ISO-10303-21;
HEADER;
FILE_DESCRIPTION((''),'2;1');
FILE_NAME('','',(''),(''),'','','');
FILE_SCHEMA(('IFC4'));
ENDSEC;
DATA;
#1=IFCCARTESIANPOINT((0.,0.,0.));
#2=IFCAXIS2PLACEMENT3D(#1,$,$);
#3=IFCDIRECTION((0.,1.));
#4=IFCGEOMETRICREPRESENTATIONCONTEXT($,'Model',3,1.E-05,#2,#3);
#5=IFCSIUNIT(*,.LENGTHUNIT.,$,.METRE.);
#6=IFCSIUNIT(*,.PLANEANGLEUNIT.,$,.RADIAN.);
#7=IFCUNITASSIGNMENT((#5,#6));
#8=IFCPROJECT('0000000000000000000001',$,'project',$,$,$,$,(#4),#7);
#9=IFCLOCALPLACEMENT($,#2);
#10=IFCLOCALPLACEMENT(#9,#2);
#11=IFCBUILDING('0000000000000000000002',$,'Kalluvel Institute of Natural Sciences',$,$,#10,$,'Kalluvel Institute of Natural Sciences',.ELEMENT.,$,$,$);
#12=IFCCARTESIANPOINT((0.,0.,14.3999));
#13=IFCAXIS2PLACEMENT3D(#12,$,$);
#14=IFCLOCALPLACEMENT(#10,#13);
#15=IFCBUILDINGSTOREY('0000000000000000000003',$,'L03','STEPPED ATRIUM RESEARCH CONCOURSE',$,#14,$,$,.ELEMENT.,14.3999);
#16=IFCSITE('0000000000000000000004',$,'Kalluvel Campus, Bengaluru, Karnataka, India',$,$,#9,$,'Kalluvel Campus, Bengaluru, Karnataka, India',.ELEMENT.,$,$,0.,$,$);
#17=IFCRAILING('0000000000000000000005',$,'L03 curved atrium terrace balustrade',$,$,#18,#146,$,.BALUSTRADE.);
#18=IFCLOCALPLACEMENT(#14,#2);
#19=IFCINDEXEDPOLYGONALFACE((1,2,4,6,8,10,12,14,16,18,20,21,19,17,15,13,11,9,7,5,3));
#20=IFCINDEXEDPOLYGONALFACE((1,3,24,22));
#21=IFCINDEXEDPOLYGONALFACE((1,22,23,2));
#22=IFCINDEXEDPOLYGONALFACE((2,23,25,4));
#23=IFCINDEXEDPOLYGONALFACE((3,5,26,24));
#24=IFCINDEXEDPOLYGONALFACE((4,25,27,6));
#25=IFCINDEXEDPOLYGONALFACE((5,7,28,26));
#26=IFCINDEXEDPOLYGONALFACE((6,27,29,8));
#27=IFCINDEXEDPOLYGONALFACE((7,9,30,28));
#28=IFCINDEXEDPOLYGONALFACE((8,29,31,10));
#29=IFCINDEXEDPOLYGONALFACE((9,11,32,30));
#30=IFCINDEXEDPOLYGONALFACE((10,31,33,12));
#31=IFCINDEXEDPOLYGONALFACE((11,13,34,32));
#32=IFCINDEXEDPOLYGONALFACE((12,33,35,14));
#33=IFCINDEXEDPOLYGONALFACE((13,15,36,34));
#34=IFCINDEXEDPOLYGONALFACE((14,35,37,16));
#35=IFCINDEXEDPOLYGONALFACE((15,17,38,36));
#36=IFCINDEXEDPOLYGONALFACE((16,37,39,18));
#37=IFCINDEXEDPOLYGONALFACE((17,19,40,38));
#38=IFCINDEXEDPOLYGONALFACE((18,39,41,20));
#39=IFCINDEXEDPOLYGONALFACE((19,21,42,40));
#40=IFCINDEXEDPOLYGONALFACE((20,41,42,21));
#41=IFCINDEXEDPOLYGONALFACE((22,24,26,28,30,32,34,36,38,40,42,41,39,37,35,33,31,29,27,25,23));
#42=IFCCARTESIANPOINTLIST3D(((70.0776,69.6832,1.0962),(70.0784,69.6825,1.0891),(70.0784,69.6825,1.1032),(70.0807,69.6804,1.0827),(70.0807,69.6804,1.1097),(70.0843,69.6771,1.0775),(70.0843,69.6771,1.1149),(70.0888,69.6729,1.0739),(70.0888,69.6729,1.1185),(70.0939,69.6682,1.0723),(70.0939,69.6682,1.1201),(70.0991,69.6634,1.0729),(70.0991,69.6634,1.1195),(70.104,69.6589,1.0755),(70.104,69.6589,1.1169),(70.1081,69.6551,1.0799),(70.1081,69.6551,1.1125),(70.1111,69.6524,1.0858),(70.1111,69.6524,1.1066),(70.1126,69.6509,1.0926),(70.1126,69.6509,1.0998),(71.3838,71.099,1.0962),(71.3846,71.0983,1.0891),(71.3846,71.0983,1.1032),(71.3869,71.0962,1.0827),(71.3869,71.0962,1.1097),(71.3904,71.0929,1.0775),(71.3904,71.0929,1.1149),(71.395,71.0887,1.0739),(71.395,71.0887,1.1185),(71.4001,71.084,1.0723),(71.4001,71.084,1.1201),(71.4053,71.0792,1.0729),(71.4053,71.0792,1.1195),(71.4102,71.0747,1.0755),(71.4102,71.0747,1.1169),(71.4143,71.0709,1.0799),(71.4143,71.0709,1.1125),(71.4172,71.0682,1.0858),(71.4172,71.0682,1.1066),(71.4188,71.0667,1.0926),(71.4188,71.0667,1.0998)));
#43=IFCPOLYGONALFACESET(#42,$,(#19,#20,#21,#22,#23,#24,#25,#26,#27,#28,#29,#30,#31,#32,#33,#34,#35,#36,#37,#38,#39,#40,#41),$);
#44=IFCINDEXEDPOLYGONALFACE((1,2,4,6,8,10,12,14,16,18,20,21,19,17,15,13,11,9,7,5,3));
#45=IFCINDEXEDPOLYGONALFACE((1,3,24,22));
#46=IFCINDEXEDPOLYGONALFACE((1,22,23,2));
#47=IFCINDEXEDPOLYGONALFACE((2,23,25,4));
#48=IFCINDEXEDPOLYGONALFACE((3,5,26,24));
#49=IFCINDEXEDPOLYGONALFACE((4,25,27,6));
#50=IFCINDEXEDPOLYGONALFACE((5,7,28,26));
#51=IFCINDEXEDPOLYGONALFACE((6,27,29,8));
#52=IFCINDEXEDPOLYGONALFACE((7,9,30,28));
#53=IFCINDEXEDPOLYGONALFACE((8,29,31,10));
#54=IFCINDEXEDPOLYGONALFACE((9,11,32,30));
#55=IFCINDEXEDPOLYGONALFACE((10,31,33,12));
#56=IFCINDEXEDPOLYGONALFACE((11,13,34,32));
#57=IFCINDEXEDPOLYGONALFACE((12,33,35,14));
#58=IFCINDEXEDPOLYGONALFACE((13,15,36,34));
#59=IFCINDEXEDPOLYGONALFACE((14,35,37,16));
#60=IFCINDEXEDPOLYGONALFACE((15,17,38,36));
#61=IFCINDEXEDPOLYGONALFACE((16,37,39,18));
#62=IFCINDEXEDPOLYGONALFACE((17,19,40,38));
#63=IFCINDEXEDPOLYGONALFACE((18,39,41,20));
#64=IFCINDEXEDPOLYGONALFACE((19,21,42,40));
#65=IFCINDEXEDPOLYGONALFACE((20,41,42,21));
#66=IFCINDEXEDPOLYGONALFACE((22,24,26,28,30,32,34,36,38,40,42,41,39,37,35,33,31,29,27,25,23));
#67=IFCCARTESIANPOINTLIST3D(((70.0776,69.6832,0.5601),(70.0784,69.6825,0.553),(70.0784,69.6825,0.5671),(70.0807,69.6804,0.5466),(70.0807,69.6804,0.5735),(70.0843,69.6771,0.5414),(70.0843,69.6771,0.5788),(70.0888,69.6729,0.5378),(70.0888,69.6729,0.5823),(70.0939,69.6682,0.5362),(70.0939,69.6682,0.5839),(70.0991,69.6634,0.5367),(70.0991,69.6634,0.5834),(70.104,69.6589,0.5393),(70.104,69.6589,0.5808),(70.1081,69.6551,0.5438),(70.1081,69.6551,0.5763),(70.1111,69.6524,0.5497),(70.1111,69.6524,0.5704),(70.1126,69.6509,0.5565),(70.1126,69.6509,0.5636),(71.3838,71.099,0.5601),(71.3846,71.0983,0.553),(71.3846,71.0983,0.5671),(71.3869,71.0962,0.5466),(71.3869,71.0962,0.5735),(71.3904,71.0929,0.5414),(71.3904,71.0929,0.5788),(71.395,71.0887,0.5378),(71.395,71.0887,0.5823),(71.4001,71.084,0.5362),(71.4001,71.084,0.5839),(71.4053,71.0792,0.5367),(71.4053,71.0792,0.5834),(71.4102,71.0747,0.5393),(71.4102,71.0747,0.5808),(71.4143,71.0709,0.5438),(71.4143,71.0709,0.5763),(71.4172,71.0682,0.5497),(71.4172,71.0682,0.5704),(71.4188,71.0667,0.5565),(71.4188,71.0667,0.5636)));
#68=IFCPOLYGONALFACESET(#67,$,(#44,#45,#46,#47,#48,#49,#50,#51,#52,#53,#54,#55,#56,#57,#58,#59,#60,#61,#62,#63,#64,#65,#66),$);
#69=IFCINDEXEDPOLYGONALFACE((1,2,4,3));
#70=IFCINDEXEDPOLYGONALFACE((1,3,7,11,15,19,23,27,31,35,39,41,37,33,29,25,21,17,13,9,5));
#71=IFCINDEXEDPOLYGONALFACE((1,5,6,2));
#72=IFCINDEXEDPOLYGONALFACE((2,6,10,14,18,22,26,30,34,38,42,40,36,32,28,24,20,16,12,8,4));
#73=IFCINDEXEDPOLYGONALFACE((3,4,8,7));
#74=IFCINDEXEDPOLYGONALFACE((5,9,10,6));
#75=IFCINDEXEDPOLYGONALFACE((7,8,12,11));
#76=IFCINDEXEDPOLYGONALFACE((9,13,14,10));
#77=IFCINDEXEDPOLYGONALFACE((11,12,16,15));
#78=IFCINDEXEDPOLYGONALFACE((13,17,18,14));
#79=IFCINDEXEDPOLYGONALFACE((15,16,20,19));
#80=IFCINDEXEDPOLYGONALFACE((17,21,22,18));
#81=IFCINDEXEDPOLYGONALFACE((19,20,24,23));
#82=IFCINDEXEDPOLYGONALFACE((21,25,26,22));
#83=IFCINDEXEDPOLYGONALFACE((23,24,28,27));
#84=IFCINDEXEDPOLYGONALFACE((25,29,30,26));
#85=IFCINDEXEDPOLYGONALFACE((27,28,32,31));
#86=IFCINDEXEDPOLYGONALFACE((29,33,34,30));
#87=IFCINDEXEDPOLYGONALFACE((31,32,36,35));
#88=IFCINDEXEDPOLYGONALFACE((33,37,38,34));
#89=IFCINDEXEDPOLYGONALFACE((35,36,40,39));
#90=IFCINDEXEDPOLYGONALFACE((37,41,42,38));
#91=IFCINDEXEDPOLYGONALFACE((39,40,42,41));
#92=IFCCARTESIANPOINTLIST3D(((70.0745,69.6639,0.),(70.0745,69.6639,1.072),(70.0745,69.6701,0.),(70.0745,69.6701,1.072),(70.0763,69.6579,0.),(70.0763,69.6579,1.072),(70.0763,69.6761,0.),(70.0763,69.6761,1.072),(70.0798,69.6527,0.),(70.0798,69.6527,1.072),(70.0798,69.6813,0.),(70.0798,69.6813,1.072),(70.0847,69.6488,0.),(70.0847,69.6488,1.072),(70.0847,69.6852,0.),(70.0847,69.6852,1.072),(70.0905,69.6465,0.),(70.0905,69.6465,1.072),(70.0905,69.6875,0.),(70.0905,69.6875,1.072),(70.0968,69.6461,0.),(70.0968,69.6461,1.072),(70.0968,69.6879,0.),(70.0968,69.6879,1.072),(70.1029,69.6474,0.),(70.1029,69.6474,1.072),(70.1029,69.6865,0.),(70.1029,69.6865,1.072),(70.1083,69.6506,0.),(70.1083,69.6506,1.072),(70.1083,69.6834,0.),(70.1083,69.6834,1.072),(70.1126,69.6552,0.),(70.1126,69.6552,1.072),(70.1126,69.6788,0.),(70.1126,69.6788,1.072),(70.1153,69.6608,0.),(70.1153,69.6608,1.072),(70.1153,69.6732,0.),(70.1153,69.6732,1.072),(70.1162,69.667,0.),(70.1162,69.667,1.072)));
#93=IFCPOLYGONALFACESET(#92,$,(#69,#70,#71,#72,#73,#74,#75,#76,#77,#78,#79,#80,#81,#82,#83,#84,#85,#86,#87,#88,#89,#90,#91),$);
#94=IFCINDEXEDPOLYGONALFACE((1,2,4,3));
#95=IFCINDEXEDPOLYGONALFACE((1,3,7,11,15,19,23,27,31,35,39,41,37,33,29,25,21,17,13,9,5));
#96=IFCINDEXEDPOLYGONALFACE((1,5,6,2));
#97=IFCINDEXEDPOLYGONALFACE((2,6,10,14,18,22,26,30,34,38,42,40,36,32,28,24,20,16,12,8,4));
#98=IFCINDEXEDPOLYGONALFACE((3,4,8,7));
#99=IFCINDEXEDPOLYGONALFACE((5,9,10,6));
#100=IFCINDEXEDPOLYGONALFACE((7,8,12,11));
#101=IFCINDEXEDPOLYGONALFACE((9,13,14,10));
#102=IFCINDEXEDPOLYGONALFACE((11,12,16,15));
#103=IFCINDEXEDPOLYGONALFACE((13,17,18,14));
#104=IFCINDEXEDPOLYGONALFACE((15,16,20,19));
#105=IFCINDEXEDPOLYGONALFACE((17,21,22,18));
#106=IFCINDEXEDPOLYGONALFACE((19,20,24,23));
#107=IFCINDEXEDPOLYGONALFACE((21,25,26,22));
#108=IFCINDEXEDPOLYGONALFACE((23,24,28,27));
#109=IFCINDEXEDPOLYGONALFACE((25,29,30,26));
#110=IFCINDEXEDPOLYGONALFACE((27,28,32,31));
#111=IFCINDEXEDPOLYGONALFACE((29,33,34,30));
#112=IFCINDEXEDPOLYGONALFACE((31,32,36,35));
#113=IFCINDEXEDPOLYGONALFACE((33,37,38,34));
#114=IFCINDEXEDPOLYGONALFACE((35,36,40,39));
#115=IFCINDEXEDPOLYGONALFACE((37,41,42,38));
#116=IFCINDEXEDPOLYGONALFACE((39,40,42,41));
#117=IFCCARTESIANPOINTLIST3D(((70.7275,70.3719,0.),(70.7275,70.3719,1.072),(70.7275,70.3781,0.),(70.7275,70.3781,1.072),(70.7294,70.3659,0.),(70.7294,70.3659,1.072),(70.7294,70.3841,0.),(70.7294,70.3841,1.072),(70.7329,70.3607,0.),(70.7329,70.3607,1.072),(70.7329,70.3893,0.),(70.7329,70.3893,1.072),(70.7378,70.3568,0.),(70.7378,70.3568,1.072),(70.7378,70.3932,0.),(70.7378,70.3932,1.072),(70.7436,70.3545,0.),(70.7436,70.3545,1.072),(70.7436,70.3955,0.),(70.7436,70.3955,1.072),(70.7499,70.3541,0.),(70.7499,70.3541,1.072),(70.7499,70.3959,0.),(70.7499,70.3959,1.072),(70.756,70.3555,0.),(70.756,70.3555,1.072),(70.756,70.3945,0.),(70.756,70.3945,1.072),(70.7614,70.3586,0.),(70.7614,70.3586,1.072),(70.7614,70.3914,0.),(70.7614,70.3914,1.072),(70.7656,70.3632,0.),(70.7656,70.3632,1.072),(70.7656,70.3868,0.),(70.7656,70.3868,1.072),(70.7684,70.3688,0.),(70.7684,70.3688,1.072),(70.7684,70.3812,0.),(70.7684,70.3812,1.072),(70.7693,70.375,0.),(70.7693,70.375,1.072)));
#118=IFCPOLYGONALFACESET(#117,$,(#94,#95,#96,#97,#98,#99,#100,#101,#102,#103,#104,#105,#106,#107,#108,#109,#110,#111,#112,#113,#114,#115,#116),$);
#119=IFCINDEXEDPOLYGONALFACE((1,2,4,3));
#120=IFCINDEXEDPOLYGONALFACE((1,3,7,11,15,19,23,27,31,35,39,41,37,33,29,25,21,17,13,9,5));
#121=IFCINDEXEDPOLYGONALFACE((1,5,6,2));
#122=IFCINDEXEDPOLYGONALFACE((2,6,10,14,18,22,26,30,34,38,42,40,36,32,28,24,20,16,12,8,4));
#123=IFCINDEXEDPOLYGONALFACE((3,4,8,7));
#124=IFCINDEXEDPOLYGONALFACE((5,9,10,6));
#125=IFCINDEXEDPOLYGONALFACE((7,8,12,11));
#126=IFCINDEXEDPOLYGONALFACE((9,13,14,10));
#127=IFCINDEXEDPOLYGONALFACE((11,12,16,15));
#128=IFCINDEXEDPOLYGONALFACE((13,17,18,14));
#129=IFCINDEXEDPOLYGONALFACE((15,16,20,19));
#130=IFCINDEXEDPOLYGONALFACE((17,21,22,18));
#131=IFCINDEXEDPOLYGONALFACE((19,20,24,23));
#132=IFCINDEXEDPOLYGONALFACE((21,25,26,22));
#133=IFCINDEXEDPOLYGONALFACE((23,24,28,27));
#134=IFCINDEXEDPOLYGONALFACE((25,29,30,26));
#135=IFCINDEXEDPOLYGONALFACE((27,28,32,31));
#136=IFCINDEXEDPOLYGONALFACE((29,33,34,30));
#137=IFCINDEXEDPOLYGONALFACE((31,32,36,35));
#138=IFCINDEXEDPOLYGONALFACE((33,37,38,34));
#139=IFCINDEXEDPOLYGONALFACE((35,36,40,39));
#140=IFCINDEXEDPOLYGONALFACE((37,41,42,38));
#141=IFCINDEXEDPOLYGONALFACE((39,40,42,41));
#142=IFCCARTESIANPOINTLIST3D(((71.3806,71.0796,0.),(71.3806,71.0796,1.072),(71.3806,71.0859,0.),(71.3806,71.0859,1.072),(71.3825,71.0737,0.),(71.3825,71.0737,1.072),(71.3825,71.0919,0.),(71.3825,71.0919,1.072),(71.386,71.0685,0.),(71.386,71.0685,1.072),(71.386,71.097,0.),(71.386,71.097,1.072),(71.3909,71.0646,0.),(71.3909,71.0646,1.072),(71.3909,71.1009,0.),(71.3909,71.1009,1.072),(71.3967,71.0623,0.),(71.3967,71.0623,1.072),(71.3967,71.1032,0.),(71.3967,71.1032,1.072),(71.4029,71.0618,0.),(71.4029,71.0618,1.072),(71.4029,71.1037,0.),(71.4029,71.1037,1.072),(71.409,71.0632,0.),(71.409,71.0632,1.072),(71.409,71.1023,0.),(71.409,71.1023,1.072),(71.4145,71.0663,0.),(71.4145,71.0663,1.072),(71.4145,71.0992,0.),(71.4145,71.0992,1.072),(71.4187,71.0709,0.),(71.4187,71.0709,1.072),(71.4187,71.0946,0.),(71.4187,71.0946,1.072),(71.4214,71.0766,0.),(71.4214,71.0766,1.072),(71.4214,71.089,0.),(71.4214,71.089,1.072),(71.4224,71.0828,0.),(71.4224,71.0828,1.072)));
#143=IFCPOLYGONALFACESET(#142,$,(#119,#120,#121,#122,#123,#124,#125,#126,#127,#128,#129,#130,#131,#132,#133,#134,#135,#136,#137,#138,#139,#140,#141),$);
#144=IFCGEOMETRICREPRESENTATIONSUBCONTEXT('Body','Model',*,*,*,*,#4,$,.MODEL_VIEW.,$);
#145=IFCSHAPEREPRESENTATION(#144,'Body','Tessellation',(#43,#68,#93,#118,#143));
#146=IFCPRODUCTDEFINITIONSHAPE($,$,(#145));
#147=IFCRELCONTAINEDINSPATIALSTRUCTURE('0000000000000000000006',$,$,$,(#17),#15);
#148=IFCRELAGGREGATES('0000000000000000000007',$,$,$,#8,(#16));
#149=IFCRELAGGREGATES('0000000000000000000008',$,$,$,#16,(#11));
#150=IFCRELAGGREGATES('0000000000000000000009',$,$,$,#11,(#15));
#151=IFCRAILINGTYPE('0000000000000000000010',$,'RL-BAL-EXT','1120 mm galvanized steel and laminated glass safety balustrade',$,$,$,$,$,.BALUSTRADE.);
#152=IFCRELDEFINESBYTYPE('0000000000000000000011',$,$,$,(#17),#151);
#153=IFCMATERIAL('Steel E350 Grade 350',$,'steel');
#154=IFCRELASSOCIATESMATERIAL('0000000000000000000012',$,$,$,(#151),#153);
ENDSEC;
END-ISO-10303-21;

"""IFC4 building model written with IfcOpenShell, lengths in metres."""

from ifc_helpers import new_model, si_unit, direction, frame, origin, origin_2d, place, context, subcontext, project, spatial, circle, extrude, material, type_object, element, save


model = new_model("IFC4")

# Units and contexts
model_context = context("Model", 3, precision=1e-05, world=origin(), true_north=direction((0.0, 1.0)))
body_context = subcontext(model_context, "Body", "Model", "MODEL_VIEW")
ifc_project = project(units=[si_unit("LENGTHUNIT", "METRE"), si_unit("PLANEANGLEUNIT", "RADIAN")], contexts=[model_context])

# Site, building, storey
site_placement = place(None, origin())
site = spatial("IfcSite", under=ifc_project, at=site_placement, Name="Kalluvel Campus, Bengaluru, Karnataka, India", LongName="Kalluvel Campus, Bengaluru, Karnataka, India", CompositionType="ELEMENT", RefElevation=0.0)
building_placement = place(site_placement, origin())
building = spatial("IfcBuilding", under=site, at=building_placement, Name="Kalluvel Institute of Natural Sciences", LongName="Kalluvel Institute of Natural Sciences", CompositionType="ELEMENT")
storey_placement = place(building_placement, frame((0.0, 0.0, 14.3999)))
storey = spatial("IfcBuildingStorey", under=building, at=storey_placement, Name="L03", Description="STEPPED ATRIUM RESEARCH CONCOURSE", CompositionType="ELEMENT", Elevation=14.3999)

# Shared definitions
ifc_material_1 = material(Name="Steel E350 Grade 350", Category="steel")

# Railing
railing_type = type_object("IfcRailingType", Name="RL-BAL-EXT", Description="1120 mm galvanized steel and laminated glass safety balustrade", PredefinedType="BALUSTRADE", material=ifc_material_1)
railing_1_placement = place(storey_placement, frame((70.0952, 69.667, 0.0)))
element("IfcRailing", 1, at=railing_1_placement, inside=storey, type_object=railing_type, Name="L03 curved atrium terrace balustrade", PredefinedType="BALUSTRADE", context=body_context, shape_type="SweptSolid", body=[
    extrude(circle(Radius=0.0239, at=origin_2d()), frame((0.0, 0.0, 1.0962), z_axis=(0.67808, 0.734988, 0.0), x_axis=(-0.734988, 0.67808, 0.0)), (0.0, 0.0, 1.0), 1.9263),
    extrude(circle(Radius=0.0239, at=origin_2d()), frame((0.0, 0.0, 0.5601), z_axis=(0.67808, 0.734988, 0.0), x_axis=(-0.734988, 0.67808, 0.0)), (0.0, 0.0, 1.0), 1.9263),
    extrude(circle(Radius=0.021, at=origin_2d()), origin(), (0.0, 0.0, 1.0), 1.072),
    extrude(circle(Radius=0.021, at=origin_2d()), frame((0.6531, 0.708, 0.0)), (0.0, 0.0, 1.0), 1.072),
    extrude(circle(Radius=0.021, at=origin_2d()), frame((1.3062, 1.4158, 0.0)), (0.0, 0.0, 1.0), 1.072),
])

save(model, "model.ifc")
